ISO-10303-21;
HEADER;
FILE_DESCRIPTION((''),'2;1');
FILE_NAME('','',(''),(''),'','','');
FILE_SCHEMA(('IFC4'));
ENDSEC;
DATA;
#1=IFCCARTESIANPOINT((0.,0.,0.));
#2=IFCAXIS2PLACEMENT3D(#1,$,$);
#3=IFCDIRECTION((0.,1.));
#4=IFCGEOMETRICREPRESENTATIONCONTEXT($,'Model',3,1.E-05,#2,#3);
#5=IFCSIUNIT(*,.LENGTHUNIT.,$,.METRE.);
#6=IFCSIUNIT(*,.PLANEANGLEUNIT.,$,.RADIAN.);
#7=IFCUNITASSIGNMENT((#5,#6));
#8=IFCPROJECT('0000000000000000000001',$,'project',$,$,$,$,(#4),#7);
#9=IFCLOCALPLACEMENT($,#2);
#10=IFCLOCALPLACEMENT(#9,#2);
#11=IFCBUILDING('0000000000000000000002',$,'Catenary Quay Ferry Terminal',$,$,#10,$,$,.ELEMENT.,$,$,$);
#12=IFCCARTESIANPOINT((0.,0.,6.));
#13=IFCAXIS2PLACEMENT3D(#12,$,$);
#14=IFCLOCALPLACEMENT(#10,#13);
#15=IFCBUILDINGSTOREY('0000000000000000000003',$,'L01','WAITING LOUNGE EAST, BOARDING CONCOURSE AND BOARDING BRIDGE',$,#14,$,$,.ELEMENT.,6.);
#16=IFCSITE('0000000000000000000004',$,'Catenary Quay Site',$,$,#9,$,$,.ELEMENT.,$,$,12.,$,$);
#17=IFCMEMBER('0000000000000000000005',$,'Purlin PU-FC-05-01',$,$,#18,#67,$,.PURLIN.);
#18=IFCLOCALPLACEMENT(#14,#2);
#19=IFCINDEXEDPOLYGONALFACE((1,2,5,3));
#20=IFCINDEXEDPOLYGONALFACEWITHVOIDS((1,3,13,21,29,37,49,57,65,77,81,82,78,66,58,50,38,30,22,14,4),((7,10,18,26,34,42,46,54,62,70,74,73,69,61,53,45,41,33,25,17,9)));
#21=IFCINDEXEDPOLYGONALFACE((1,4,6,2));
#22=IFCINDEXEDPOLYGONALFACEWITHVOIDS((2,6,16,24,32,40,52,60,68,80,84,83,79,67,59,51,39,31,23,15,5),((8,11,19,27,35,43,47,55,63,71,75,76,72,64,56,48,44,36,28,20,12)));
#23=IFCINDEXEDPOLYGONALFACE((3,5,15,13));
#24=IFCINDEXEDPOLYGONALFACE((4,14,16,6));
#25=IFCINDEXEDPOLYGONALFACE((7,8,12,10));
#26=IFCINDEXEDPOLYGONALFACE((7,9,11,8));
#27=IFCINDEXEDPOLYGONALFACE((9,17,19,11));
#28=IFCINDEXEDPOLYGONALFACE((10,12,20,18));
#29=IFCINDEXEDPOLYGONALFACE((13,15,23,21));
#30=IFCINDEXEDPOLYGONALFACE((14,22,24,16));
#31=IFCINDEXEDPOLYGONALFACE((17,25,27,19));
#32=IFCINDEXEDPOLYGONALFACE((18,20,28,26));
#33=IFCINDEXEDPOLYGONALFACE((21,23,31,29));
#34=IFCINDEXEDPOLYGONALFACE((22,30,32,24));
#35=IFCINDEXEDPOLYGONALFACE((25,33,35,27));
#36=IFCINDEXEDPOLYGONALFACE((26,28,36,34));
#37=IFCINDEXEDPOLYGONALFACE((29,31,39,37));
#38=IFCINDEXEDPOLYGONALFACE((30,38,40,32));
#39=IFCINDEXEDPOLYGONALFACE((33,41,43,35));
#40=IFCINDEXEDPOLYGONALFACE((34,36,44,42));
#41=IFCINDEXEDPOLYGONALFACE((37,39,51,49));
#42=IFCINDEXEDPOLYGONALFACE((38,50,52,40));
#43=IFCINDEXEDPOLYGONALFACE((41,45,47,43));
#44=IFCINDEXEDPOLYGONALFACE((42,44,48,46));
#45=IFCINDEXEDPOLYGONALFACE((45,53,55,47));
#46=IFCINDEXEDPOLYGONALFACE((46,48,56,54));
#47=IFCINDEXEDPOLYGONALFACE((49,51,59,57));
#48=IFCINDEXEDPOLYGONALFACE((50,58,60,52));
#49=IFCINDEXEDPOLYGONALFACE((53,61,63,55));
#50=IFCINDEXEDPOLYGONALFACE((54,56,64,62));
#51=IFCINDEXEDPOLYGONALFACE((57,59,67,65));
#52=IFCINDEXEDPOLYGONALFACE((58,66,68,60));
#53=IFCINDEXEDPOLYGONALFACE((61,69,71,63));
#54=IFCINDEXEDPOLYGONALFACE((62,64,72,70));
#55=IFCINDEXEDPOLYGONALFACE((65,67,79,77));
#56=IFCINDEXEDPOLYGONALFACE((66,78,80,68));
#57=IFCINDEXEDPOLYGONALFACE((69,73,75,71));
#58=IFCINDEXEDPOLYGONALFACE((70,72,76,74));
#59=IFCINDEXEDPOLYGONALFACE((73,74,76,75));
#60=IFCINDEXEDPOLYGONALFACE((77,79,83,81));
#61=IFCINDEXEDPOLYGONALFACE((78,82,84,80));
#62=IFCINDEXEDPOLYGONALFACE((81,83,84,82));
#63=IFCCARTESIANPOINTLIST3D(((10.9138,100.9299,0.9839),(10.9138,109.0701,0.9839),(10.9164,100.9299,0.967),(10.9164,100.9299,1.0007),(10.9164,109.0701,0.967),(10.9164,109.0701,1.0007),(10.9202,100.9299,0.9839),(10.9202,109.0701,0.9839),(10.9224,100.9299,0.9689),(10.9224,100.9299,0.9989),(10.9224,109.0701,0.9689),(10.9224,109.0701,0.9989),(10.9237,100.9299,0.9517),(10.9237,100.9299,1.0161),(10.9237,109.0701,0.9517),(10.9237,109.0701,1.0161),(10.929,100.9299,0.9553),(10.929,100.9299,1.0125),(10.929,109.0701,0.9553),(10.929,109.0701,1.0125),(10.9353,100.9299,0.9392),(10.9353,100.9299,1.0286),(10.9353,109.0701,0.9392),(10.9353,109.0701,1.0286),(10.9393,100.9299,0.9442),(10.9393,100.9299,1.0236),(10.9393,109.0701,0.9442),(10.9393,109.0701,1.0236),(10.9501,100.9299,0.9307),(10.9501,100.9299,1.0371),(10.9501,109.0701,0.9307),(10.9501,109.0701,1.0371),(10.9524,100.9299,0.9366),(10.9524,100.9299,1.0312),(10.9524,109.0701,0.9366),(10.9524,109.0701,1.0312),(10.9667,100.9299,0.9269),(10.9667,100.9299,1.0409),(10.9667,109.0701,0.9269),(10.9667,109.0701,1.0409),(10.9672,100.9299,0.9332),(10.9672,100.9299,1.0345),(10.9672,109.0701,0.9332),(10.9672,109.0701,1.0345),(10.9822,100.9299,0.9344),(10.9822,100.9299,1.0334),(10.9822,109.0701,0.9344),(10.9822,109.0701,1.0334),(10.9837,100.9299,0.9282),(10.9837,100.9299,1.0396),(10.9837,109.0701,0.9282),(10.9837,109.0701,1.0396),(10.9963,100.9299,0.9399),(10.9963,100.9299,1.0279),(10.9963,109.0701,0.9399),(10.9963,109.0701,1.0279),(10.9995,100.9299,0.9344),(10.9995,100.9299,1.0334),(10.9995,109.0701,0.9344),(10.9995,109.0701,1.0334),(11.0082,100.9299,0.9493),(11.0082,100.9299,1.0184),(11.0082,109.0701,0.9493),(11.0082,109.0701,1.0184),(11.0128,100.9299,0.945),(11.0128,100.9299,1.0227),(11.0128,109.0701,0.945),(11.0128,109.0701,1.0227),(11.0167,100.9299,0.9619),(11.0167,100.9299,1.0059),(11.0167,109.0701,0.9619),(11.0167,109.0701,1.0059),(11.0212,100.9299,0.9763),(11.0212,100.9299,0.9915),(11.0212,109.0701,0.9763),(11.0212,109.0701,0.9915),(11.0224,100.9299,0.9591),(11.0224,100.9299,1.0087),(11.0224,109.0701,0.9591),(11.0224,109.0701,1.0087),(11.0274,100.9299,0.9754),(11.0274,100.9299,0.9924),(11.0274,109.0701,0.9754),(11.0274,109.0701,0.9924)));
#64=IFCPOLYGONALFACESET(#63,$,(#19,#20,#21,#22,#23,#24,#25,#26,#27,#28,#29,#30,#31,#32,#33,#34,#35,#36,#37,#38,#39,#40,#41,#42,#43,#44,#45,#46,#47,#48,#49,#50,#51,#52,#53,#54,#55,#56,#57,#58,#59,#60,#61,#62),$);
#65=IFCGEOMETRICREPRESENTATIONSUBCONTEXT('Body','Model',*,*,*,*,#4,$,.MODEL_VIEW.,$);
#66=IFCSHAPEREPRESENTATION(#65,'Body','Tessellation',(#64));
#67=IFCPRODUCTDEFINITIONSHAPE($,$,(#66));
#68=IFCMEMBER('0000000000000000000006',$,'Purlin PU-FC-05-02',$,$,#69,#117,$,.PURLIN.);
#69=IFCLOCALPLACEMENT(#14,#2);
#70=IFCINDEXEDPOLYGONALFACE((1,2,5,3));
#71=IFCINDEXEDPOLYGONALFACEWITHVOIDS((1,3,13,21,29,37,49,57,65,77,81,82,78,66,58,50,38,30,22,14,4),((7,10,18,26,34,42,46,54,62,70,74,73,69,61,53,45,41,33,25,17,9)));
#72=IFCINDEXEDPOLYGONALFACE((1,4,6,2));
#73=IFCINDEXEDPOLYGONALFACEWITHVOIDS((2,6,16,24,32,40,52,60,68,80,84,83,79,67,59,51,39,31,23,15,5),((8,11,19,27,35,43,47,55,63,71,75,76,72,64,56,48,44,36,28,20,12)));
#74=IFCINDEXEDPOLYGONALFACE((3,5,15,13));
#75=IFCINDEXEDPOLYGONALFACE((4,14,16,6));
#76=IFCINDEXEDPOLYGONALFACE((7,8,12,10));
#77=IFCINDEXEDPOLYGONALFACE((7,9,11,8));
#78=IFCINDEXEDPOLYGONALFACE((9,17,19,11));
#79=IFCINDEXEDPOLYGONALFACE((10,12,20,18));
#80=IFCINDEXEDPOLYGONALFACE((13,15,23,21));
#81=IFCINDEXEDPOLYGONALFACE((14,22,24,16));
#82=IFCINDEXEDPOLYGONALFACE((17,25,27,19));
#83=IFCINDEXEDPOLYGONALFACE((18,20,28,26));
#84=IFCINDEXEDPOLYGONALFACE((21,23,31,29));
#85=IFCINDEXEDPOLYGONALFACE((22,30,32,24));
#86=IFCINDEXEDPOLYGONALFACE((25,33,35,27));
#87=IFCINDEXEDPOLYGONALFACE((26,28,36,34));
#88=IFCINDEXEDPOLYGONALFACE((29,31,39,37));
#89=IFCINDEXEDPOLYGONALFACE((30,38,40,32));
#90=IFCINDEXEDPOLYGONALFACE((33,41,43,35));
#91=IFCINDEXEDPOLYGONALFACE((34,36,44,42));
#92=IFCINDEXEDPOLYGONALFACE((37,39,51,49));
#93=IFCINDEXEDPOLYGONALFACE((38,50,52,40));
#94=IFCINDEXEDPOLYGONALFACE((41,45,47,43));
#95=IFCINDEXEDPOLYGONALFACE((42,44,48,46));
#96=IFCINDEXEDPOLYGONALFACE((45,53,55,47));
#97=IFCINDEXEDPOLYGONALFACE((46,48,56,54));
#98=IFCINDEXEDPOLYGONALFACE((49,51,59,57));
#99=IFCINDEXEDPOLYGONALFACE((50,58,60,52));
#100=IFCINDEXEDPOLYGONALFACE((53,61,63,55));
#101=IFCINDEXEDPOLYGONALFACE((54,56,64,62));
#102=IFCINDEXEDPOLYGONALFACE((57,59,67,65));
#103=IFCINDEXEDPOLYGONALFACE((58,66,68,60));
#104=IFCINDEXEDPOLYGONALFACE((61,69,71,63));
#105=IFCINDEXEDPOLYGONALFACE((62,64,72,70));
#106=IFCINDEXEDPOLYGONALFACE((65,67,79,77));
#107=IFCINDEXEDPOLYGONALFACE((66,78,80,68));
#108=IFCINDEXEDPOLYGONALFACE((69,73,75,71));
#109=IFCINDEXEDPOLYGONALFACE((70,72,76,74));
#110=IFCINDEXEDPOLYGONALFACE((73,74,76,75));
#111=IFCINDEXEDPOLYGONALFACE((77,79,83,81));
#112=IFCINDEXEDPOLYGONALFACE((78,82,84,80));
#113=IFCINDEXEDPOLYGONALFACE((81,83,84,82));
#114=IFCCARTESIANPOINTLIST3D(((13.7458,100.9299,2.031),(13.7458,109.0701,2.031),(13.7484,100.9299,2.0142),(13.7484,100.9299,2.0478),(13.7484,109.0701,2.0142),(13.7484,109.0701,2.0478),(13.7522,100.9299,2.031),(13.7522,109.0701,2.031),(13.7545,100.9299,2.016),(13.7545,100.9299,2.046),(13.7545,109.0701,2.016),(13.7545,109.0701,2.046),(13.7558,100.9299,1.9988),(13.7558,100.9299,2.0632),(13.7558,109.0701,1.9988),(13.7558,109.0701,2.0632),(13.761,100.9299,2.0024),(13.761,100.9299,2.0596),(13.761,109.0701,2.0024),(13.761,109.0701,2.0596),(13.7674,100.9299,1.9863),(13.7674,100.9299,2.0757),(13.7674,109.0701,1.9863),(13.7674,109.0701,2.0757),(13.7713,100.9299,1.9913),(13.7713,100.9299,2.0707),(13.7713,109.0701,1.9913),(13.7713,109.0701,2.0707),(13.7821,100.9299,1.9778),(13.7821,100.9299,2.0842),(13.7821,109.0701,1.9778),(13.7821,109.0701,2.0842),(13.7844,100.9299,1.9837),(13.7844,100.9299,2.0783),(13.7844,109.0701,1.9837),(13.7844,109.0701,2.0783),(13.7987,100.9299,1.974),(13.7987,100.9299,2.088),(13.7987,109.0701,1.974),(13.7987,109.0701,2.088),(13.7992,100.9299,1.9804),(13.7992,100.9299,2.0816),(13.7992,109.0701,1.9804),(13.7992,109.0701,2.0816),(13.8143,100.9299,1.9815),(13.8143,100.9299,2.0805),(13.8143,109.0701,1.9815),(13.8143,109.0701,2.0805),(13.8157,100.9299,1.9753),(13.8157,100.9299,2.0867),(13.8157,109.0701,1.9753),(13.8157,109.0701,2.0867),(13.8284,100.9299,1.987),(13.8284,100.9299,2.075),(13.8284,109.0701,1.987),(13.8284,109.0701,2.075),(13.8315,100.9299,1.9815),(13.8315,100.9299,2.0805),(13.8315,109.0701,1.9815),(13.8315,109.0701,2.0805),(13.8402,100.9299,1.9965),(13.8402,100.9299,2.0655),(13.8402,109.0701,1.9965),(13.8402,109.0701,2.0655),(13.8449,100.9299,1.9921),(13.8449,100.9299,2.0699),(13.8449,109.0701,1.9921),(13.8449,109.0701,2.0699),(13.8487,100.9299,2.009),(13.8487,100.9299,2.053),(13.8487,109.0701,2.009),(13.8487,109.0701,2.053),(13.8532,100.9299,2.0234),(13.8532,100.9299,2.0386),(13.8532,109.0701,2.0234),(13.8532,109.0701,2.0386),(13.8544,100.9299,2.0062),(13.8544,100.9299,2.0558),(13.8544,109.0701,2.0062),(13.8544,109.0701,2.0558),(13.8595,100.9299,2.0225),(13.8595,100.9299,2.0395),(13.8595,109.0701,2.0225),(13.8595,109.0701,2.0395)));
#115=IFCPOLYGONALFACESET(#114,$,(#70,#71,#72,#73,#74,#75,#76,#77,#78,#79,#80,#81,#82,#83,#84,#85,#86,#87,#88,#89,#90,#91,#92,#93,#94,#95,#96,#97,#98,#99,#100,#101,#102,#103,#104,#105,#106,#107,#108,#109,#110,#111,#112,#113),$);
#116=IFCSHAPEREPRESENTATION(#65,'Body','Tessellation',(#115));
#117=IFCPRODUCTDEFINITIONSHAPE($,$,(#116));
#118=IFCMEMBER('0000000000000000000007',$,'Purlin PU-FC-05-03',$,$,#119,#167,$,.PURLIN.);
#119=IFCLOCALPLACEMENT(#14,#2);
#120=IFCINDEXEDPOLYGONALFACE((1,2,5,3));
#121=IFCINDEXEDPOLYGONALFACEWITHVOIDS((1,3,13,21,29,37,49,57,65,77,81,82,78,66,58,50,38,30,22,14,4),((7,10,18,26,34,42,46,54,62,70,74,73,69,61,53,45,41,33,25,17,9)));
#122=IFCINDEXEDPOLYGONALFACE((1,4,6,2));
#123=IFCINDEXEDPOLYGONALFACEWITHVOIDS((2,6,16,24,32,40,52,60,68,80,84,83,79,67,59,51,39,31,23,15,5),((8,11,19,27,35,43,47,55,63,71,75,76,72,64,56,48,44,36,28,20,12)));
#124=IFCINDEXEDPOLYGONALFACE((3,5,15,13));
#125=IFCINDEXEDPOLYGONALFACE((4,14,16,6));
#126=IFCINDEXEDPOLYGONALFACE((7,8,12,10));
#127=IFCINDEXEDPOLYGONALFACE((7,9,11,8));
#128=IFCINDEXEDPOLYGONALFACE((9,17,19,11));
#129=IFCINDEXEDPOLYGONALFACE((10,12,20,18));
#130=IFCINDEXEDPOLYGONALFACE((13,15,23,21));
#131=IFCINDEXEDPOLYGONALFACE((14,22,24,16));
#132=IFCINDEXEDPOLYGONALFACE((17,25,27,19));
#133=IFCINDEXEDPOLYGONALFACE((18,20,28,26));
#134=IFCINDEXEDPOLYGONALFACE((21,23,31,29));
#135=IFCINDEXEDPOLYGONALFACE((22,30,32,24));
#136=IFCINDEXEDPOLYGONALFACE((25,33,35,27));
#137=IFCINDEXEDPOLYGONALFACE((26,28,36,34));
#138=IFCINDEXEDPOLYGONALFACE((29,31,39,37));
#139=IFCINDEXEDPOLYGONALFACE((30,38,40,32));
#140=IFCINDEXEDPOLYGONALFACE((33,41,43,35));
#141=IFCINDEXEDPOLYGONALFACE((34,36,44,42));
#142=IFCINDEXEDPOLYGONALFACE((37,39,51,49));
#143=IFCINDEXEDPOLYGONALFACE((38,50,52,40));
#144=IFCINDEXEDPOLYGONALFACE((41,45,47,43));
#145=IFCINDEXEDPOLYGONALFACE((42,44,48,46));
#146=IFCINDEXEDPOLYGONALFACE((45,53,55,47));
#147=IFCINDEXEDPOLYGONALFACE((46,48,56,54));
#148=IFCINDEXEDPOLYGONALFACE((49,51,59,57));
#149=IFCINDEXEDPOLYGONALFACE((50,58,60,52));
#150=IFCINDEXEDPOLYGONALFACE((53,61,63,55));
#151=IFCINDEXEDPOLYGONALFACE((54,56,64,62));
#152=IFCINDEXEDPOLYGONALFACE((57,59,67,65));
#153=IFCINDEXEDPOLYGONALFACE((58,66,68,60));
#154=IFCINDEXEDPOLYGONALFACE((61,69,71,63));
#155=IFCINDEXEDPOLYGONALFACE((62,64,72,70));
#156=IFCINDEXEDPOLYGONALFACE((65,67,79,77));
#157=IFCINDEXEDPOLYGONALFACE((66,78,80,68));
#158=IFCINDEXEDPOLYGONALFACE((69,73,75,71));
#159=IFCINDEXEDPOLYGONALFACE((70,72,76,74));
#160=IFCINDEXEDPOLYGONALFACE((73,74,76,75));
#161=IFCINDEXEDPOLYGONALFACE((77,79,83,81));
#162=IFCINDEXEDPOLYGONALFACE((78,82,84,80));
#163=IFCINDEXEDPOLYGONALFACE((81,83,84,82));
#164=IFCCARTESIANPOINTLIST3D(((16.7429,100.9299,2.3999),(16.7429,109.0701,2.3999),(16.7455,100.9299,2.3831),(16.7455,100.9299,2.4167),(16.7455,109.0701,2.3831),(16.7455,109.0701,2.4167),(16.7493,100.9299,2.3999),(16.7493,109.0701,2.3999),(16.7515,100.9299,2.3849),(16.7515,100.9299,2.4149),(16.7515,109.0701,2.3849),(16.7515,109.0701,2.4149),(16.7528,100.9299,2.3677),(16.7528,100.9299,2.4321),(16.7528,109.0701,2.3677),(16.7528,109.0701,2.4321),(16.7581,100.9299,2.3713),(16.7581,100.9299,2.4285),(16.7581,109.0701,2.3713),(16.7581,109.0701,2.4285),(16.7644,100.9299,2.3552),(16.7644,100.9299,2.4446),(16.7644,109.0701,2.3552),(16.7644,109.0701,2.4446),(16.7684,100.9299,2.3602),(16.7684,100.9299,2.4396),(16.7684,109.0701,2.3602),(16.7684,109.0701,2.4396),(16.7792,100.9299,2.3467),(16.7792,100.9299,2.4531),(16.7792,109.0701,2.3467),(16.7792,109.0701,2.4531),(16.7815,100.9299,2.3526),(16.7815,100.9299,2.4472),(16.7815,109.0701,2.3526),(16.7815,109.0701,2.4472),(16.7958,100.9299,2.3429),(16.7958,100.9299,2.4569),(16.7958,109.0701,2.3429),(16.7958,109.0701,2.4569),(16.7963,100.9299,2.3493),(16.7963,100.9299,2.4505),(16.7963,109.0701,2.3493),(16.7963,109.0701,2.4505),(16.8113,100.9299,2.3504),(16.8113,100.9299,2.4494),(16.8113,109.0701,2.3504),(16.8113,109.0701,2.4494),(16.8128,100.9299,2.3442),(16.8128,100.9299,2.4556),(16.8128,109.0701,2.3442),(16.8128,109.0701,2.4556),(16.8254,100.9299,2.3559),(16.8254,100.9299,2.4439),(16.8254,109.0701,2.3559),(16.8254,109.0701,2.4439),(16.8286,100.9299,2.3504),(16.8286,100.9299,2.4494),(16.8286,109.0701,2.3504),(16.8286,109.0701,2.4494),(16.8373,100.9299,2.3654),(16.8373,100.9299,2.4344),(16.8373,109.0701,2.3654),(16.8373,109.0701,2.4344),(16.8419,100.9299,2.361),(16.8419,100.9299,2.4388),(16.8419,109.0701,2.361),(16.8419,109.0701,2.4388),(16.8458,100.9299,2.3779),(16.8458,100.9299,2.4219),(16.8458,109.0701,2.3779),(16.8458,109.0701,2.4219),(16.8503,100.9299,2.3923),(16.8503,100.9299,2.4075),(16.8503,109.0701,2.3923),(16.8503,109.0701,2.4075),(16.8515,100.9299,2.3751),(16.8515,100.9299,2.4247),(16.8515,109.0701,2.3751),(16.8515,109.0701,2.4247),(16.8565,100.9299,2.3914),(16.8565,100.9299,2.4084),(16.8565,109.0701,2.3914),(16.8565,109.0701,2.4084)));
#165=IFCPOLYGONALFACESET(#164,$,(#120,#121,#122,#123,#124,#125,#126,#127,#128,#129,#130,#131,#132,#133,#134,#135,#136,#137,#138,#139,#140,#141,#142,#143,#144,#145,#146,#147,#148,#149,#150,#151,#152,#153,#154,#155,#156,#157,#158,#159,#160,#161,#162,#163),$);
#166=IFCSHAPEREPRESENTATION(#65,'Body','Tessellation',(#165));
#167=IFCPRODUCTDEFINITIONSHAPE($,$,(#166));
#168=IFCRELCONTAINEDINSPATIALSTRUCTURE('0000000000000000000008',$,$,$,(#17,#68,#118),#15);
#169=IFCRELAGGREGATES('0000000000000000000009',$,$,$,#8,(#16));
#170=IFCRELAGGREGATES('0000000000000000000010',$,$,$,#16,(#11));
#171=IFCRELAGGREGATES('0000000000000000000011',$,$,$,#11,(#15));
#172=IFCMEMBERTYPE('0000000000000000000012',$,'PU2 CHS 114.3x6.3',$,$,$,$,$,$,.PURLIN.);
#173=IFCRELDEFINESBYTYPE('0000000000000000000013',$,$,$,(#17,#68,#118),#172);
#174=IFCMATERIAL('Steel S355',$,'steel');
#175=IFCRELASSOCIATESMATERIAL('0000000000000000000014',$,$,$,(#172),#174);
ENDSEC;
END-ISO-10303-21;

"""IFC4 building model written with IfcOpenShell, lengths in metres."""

from ifc_helpers import new_model, si_unit, direction, frame, origin, origin_2d, place, context, subcontext, project, spatial, hollow_circle, extrude, material, material_profile, profile_set, type_object, element, save


model = new_model("IFC4")

# Units and contexts
model_context = context("Model", 3, precision=1e-05, world=origin(), true_north=direction((0.0, 1.0)))
body_context = subcontext(model_context, "Body", "Model", "MODEL_VIEW")
ifc_project = project(units=[si_unit("LENGTHUNIT", "METRE"), si_unit("PLANEANGLEUNIT", "RADIAN")], contexts=[model_context])

# Site, building, storey
site_placement = place(None, origin())
site = spatial("IfcSite", under=ifc_project, at=site_placement, Name="Catenary Quay Site", CompositionType="ELEMENT", RefElevation=12.0)
building_placement = place(site_placement, origin())
building = spatial("IfcBuilding", under=site, at=building_placement, Name="Catenary Quay Ferry Terminal", CompositionType="ELEMENT")
storey_placement = place(building_placement, frame((0.0, 0.0, 6.0)))
storey = spatial("IfcBuildingStorey", under=building, at=storey_placement, Name="L01", Description="WAITING LOUNGE EAST, BOARDING CONCOURSE AND BOARDING BRIDGE", CompositionType="ELEMENT", Elevation=6.0)

# Members
ifc_material_1 = material(Name="Steel S355", Category="steel")
ifc_material_profile_1 = material_profile(ifc_material_1, hollow_circle(Radius=0.0571, WallThickness=0.0063, at=origin_2d()), Name="CHS 114.3x6.3")
ifc_profile_set_1 = profile_set([ifc_material_profile_1], Name="Steel S355")
member_type_1 = type_object("IfcMemberType", Name="PU2 CHS 114.3x6.3", PredefinedType="PURLIN", material=ifc_profile_set_1)
for number, where, z_axis, x_axis, name in (
    (1, (10.9709, 100.9299, 0.9839), (0.0, 1.0, 0.0), (-1.0, 0.0, 0.0), "Purlin PU-FC-05-01"),
    (2, (13.803, 100.9299, 2.031), (0.0, 1.0, 0.0), (-1.0, 0.0, 0.0), "Purlin PU-FC-05-02"),
    (3, (16.8, 100.9299, 2.3999), (0.0, 1.0, 0.0), (-1.0, 0.0, 0.0), "Purlin PU-FC-05-03"),
):
    element("IfcMember", number, at=place(storey_placement, frame(where, z_axis=z_axis, x_axis=x_axis)), inside=storey, type_object=member_type_1, Name=name, PredefinedType="PURLIN", context=body_context, shape_type="SweptSolid", body=[
        extrude(hollow_circle(Radius=0.0571, WallThickness=0.0063, at=origin_2d()), origin(), (0.0, 0.0, 1.0), 8.1401),
    ])

save(model, "model.ifc")
